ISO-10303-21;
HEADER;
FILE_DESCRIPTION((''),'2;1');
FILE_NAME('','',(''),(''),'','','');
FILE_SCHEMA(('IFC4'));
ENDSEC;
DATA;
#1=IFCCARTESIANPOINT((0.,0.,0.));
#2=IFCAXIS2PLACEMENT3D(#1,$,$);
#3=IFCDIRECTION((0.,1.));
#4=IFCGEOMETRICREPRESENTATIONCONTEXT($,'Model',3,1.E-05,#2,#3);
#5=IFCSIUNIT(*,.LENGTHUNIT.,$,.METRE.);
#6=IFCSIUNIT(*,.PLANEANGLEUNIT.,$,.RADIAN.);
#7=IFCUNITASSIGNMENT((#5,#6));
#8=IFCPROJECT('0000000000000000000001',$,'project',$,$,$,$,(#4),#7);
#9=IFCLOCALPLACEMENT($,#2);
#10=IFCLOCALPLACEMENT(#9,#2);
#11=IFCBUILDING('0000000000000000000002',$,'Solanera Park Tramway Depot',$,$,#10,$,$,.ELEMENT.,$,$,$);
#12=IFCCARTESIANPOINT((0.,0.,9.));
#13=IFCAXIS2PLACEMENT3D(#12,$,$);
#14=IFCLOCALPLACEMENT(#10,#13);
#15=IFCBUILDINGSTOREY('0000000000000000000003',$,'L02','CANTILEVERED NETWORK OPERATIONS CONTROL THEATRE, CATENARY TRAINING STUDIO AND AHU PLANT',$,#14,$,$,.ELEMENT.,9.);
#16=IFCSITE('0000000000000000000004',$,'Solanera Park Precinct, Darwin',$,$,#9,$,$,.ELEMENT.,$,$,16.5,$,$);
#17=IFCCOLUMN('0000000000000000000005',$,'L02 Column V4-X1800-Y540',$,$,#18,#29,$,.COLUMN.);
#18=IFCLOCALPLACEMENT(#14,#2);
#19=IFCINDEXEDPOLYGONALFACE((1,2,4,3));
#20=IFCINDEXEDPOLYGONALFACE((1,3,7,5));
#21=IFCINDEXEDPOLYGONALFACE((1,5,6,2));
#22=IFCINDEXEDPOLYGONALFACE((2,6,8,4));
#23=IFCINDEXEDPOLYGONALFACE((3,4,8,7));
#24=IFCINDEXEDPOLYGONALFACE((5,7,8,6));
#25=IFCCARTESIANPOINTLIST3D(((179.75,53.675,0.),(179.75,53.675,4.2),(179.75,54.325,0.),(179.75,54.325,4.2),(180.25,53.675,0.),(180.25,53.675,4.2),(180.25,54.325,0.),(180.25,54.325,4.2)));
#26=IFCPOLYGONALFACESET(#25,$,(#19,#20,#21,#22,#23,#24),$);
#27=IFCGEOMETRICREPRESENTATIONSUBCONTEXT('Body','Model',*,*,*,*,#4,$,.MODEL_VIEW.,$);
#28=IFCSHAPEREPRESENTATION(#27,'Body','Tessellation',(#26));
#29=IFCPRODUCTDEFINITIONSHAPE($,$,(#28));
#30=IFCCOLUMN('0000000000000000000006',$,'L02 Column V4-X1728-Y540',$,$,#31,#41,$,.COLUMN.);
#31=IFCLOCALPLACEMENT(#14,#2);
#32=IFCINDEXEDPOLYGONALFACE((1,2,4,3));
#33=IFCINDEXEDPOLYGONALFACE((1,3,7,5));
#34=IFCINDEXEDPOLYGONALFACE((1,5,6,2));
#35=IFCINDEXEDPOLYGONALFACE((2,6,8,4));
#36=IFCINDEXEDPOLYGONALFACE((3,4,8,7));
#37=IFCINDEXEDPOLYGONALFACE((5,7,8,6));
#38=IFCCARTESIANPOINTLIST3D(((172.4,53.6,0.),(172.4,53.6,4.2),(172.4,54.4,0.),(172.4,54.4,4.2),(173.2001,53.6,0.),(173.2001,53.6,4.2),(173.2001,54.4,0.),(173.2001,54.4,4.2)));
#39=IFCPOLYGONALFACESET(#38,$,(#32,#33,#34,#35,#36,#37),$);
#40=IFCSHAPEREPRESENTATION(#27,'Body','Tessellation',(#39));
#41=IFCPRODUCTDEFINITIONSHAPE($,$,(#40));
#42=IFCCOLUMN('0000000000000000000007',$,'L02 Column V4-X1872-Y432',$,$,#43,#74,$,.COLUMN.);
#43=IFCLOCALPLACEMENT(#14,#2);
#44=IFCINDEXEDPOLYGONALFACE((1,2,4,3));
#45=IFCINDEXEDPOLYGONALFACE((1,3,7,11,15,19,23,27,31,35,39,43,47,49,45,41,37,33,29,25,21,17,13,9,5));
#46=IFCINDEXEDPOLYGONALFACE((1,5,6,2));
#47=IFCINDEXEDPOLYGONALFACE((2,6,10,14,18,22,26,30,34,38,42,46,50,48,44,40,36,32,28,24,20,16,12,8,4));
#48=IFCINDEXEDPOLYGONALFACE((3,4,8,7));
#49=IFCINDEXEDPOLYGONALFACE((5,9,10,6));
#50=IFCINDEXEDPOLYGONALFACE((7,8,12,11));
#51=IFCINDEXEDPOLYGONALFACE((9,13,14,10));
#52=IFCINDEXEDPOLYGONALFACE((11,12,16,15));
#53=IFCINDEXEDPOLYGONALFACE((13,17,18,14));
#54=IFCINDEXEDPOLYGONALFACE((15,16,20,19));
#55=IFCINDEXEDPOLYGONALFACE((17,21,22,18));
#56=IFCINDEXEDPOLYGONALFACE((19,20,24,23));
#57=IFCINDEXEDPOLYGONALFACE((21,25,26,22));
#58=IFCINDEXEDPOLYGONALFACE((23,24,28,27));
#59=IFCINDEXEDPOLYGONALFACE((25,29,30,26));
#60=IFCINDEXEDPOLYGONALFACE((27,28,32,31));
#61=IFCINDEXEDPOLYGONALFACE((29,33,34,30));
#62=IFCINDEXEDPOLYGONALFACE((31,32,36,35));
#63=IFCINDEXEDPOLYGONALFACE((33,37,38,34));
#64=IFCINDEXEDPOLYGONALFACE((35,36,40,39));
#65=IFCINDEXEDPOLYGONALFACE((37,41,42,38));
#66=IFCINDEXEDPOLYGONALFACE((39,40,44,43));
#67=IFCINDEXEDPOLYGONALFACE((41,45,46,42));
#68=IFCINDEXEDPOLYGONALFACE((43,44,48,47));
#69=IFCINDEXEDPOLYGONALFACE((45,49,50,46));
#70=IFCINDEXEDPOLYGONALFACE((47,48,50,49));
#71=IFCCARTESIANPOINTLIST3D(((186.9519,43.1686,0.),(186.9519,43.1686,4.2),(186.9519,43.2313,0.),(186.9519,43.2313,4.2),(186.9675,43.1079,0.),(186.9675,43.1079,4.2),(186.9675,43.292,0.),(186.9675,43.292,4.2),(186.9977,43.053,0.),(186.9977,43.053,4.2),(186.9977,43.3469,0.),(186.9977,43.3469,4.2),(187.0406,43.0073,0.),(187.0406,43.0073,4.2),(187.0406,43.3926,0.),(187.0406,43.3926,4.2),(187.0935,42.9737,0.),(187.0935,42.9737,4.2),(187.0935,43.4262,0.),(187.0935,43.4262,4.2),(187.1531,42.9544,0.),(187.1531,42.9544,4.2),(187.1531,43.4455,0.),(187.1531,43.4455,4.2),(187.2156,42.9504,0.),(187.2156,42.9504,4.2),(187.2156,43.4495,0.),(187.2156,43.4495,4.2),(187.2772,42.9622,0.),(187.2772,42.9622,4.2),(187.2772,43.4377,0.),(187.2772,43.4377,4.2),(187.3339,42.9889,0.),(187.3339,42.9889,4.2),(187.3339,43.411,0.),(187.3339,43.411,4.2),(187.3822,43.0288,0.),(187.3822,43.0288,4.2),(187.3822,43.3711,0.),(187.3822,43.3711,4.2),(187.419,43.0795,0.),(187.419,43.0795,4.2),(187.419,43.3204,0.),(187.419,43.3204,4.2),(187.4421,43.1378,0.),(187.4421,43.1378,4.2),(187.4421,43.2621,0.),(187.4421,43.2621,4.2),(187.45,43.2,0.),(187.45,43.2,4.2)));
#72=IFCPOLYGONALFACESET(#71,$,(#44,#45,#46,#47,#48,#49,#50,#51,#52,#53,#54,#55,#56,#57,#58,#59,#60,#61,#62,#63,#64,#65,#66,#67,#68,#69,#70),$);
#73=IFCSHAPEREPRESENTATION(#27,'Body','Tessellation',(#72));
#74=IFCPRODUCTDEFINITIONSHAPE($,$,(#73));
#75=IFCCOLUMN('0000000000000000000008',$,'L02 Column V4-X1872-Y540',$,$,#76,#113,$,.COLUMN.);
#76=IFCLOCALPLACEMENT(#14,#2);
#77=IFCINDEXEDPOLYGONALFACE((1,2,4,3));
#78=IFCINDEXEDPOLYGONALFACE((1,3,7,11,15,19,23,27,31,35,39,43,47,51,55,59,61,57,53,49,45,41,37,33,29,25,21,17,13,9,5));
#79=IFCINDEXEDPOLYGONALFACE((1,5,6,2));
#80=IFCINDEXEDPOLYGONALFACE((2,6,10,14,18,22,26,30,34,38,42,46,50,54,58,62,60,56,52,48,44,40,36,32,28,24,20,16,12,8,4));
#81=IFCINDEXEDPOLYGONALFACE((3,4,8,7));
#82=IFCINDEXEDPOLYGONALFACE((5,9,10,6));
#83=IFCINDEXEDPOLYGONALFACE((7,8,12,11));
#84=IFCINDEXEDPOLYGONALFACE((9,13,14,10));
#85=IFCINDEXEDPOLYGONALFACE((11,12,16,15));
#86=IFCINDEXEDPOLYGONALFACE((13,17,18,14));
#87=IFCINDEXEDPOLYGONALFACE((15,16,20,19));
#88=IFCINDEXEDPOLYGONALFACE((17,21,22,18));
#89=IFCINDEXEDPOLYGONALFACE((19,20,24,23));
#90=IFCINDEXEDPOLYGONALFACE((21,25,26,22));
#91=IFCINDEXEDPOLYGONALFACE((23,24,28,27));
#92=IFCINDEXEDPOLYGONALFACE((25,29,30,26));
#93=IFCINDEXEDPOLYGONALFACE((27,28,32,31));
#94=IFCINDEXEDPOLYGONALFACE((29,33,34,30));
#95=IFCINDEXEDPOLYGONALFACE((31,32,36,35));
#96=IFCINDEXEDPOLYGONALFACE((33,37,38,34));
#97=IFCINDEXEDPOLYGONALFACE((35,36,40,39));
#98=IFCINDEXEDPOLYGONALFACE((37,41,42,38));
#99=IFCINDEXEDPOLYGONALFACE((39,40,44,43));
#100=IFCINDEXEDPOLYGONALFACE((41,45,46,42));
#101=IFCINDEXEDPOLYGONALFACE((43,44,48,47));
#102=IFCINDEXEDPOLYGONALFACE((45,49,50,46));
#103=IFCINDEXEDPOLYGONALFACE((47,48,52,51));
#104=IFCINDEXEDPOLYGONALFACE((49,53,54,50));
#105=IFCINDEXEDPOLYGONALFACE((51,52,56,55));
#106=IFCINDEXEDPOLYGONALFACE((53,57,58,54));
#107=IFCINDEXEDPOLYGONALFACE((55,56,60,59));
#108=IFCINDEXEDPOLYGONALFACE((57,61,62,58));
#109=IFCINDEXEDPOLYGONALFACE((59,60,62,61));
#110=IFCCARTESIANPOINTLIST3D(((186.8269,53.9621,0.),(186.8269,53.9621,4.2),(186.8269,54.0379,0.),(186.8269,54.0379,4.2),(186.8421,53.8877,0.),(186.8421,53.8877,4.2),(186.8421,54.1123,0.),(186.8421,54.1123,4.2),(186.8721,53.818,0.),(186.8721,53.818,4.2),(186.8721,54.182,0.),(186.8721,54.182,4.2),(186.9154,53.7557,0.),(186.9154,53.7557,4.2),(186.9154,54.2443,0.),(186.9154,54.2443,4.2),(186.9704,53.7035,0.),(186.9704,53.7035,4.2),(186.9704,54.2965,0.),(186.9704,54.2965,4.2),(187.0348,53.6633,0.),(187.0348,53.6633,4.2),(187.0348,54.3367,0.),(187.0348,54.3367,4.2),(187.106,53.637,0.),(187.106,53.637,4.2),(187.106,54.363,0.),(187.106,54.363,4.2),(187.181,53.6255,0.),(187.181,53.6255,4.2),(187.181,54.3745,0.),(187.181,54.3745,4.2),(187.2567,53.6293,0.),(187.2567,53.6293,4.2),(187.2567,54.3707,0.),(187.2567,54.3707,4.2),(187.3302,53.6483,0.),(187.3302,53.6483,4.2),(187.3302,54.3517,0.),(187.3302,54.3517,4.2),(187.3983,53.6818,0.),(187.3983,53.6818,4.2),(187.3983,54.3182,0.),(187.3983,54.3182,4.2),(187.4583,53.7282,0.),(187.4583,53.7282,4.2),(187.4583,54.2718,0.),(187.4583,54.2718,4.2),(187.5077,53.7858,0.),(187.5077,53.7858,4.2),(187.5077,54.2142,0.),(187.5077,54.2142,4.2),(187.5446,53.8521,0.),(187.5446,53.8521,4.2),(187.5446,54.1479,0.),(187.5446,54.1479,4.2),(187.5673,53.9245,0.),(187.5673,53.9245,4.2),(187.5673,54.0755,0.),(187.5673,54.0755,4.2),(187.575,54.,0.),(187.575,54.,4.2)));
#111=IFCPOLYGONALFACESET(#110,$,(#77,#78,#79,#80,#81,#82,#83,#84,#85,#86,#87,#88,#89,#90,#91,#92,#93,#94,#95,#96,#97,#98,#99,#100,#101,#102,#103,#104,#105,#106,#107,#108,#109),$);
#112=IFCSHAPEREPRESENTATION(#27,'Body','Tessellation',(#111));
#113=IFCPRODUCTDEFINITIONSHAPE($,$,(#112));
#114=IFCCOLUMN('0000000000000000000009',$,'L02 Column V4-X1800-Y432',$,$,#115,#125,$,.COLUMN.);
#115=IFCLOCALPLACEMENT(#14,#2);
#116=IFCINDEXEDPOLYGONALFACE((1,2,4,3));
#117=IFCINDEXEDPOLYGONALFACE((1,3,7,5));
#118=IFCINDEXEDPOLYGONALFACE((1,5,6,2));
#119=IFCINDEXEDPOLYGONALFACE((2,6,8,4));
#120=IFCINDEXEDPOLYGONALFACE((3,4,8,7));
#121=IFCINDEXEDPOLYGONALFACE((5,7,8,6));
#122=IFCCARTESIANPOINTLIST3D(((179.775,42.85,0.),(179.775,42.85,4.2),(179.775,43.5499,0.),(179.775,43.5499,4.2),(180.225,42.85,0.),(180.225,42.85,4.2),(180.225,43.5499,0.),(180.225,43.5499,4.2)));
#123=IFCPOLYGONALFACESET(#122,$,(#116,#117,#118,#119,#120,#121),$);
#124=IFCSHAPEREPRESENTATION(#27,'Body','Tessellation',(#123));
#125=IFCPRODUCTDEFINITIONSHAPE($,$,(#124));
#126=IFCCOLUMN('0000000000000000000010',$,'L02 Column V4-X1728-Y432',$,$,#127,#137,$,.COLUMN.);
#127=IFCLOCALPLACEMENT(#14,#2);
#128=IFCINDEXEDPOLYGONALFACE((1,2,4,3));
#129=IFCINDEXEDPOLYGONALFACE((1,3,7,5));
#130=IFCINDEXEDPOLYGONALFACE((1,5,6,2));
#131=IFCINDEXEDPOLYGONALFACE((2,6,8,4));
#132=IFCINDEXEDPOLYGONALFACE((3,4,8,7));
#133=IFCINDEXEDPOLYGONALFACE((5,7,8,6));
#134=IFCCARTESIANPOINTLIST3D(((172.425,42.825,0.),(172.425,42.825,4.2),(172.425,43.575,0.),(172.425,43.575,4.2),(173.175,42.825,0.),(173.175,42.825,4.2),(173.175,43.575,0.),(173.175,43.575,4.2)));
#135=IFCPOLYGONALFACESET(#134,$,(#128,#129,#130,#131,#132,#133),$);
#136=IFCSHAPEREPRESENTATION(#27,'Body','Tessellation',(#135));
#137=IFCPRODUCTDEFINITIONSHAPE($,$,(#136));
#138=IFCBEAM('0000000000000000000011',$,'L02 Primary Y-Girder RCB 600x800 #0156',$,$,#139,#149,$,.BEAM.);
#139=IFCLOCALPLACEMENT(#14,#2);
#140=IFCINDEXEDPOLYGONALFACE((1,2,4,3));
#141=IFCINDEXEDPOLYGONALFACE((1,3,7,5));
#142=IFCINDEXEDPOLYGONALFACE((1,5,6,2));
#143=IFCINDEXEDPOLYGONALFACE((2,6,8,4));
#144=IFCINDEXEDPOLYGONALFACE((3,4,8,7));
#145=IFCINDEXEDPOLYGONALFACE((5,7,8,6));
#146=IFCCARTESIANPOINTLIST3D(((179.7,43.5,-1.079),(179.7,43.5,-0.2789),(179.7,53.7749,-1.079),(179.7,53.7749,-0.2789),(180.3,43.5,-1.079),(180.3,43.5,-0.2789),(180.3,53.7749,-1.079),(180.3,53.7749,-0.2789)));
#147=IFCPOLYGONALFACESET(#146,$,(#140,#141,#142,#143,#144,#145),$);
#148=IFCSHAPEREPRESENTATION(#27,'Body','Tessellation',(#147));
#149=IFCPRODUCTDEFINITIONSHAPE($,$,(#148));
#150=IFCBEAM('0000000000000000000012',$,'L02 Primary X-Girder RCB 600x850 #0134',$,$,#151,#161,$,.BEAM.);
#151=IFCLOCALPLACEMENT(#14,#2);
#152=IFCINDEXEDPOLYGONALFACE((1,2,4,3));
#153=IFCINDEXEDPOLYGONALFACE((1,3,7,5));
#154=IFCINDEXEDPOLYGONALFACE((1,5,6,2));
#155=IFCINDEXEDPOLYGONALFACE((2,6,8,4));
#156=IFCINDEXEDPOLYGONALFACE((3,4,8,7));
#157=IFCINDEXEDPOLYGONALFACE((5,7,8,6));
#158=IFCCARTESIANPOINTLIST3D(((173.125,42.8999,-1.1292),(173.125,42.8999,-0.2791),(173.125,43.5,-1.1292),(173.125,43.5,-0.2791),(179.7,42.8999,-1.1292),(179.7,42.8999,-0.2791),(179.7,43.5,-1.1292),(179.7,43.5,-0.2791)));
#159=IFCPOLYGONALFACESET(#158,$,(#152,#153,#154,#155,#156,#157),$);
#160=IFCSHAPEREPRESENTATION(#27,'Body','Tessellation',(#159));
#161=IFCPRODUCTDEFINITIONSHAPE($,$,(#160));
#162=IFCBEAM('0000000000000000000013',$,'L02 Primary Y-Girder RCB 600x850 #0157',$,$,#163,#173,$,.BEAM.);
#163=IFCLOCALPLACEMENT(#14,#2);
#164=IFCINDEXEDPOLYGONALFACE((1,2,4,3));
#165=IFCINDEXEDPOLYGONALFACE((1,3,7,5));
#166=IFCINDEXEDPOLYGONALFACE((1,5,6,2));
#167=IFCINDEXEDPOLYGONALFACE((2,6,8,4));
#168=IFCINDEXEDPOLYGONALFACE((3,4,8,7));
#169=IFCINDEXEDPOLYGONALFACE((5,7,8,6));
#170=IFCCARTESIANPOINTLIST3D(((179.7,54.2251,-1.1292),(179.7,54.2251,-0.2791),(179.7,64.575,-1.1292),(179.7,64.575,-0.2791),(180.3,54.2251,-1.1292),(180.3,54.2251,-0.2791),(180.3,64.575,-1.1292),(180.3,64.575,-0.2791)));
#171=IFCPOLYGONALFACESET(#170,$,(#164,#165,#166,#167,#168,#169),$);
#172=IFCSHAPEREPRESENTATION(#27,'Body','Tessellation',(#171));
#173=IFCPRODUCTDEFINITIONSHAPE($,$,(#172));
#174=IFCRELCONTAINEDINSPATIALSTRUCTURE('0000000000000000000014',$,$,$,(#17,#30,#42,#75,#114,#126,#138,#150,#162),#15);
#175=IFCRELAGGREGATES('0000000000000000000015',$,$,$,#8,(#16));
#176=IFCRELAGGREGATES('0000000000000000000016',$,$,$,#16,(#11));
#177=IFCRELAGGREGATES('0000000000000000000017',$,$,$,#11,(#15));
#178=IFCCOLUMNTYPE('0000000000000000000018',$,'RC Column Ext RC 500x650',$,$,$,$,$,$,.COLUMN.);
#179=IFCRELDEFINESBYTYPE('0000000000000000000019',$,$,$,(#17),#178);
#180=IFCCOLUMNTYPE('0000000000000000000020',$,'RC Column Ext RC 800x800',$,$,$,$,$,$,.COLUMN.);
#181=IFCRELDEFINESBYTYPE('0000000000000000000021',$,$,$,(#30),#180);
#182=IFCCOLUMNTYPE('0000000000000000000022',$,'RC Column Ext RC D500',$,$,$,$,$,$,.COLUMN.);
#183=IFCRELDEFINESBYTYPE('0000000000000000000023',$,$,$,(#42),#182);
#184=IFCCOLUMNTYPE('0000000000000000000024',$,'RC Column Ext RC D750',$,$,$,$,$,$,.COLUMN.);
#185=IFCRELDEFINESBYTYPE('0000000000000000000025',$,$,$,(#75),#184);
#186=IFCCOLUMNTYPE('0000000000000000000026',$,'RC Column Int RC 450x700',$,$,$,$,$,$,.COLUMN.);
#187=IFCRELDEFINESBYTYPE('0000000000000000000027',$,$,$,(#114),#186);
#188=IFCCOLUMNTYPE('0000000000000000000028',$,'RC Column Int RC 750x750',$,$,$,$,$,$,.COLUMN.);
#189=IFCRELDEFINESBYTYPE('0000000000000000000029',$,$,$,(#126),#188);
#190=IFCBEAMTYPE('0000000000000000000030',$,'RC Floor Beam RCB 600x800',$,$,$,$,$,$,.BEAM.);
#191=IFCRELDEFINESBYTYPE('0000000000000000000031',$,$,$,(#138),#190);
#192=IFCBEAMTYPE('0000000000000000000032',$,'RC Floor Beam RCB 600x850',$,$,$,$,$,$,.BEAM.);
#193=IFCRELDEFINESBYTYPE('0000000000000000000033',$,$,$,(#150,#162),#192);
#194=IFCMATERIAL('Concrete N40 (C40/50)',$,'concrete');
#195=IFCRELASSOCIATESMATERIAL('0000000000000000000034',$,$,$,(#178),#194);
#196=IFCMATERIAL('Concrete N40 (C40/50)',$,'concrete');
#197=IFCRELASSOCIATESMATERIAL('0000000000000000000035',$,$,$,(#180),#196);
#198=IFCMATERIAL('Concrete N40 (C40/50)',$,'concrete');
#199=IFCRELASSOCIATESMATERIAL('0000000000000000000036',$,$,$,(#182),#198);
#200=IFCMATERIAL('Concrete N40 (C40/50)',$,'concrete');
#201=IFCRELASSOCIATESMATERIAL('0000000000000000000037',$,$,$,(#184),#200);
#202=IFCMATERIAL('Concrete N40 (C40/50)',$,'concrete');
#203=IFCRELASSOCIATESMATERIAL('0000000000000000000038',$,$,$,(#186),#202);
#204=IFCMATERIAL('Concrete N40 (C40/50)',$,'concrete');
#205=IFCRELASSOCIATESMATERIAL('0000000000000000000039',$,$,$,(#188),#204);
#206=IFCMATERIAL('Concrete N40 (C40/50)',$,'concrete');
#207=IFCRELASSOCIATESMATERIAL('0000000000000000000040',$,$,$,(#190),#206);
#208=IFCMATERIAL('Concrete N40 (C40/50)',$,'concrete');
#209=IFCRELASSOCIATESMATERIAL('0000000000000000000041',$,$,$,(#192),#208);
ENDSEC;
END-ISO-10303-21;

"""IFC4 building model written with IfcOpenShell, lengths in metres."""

from ifc_helpers import new_model, si_unit, direction, frame, origin, origin_2d, place, context, subcontext, project, spatial, rectangle, circle, extrude, material, material_profile, profile_set, type_object, element, save


model = new_model("IFC4")

# Units and contexts
model_context = context("Model", 3, precision=1e-05, world=origin(), true_north=direction((0.0, 1.0)))
body_context = subcontext(model_context, "Body", "Model", "MODEL_VIEW")
ifc_project = project(units=[si_unit("LENGTHUNIT", "METRE"), si_unit("PLANEANGLEUNIT", "RADIAN")], contexts=[model_context])

# Site, building, storey
site_placement = place(None, origin())
site = spatial("IfcSite", under=ifc_project, at=site_placement, Name="Solanera Park Precinct, Darwin", CompositionType="ELEMENT", RefElevation=16.5)
building_placement = place(site_placement, origin())
building = spatial("IfcBuilding", under=site, at=building_placement, Name="Solanera Park Tramway Depot", CompositionType="ELEMENT")
storey_placement = place(building_placement, frame((0.0, 0.0, 9.0)))
storey = spatial("IfcBuildingStorey", under=building, at=storey_placement, Name="L02", Description="CANTILEVERED NETWORK OPERATIONS CONTROL THEATRE, CATENARY TRAINING STUDIO AND AHU PLANT", CompositionType="ELEMENT", Elevation=9.0)

# Columns
ifc_material_1 = material(Name="Concrete N40 (C40/50)", Category="concrete")
ifc_material_profile_1 = material_profile(ifc_material_1, rectangle(XDim=0.5, YDim=0.6499, at=origin_2d()), Name="RC 500x650")
ifc_profile_set_1 = profile_set([ifc_material_profile_1], Name="Concrete N40 (C40/50)")
column_type_1 = type_object("IfcColumnType", Name="RC Column Ext RC 500x650", PredefinedType="COLUMN", material=ifc_profile_set_1)
column_1_placement = place(storey_placement, frame((180.0, 54.0, 0.0), z_axis=(0.0, 0.0, 1.0), x_axis=(1.0, 0.0, 0.0)))
element("IfcColumn", 1, at=column_1_placement, inside=storey, type_object=column_type_1, Name="L02 Column V4-X1800-Y540", PredefinedType="COLUMN", context=body_context, shape_type="SweptSolid", body=[
    extrude(rectangle(XDim=0.5, YDim=0.6499, at=origin_2d()), origin(), (0.0, 0.0, 1.0), 4.2),
])
ifc_material_2 = material(Name="Concrete N40 (C40/50)", Category="concrete")
ifc_material_profile_2 = material_profile(ifc_material_2, rectangle(XDim=0.8, YDim=0.8, at=origin_2d()), Name="RC 800x800")
ifc_profile_set_2 = profile_set([ifc_material_profile_2], Name="Concrete N40 (C40/50)")
column_type_2 = type_object("IfcColumnType", Name="RC Column Ext RC 800x800", PredefinedType="COLUMN", material=ifc_profile_set_2)
column_2_placement = place(storey_placement, frame((172.8, 54.0, 0.0), z_axis=(0.0, 0.0, 1.0), x_axis=(1.0, 0.0, 0.0)))
element("IfcColumn", 2, at=column_2_placement, inside=storey, type_object=column_type_2, Name="L02 Column V4-X1728-Y540", PredefinedType="COLUMN", context=body_context, shape_type="SweptSolid", body=[
    extrude(rectangle(XDim=0.8, YDim=0.8, at=origin_2d()), origin(), (0.0, 0.0, 1.0), 4.2),
])
ifc_material_3 = material(Name="Concrete N40 (C40/50)", Category="concrete")
ifc_material_profile_3 = material_profile(ifc_material_3, circle(Radius=0.25, at=origin_2d()), Name="RC D500")
ifc_profile_set_3 = profile_set([ifc_material_profile_3], Name="Concrete N40 (C40/50)")
column_type_3 = type_object("IfcColumnType", Name="RC Column Ext RC D500", PredefinedType="COLUMN", material=ifc_profile_set_3)
column_3_placement = place(storey_placement, frame((187.2, 43.2, 0.0), z_axis=(0.0, 0.0, 1.0), x_axis=(1.0, 0.0, 0.0)))
element("IfcColumn", 3, at=column_3_placement, inside=storey, type_object=column_type_3, Name="L02 Column V4-X1872-Y432", PredefinedType="COLUMN", context=body_context, shape_type="SweptSolid", body=[
    extrude(circle(Radius=0.25, at=origin_2d()), origin(), (0.0, 0.0, 1.0), 4.2),
])
ifc_material_4 = material(Name="Concrete N40 (C40/50)", Category="concrete")
ifc_material_profile_4 = material_profile(ifc_material_4, circle(Radius=0.375, at=origin_2d()), Name="RC D750")
ifc_profile_set_4 = profile_set([ifc_material_profile_4], Name="Concrete N40 (C40/50)")
column_type_4 = type_object("IfcColumnType", Name="RC Column Ext RC D750", PredefinedType="COLUMN", material=ifc_profile_set_4)
column_4_placement = place(storey_placement, frame((187.2, 54.0, 0.0), z_axis=(0.0, 0.0, 1.0), x_axis=(1.0, 0.0, 0.0)))
element("IfcColumn", 4, at=column_4_placement, inside=storey, type_object=column_type_4, Name="L02 Column V4-X1872-Y540", PredefinedType="COLUMN", context=body_context, shape_type="SweptSolid", body=[
    extrude(circle(Radius=0.375, at=origin_2d()), origin(), (0.0, 0.0, 1.0), 4.2),
])
ifc_material_5 = material(Name="Concrete N40 (C40/50)", Category="concrete")
ifc_material_profile_5 = material_profile(ifc_material_5, rectangle(XDim=0.45, YDim=0.7, at=origin_2d()), Name="RC 450x700")
ifc_profile_set_5 = profile_set([ifc_material_profile_5], Name="Concrete N40 (C40/50)")
column_type_5 = type_object("IfcColumnType", Name="RC Column Int RC 450x700", PredefinedType="COLUMN", material=ifc_profile_set_5)
column_5_placement = place(storey_placement, frame((180.0, 43.2, 0.0), z_axis=(0.0, 0.0, 1.0), x_axis=(1.0, 0.0, 0.0)))
element("IfcColumn", 5, at=column_5_placement, inside=storey, type_object=column_type_5, Name="L02 Column V4-X1800-Y432", PredefinedType="COLUMN", context=body_context, shape_type="SweptSolid", body=[
    extrude(rectangle(XDim=0.45, YDim=0.7, at=origin_2d()), origin(), (0.0, 0.0, 1.0), 4.2),
])
ifc_material_6 = material(Name="Concrete N40 (C40/50)", Category="concrete")
ifc_material_profile_6 = material_profile(ifc_material_6, rectangle(XDim=0.75, YDim=0.75, at=origin_2d()), Name="RC 750x750")
ifc_profile_set_6 = profile_set([ifc_material_profile_6], Name="Concrete N40 (C40/50)")
column_type_6 = type_object("IfcColumnType", Name="RC Column Int RC 750x750", PredefinedType="COLUMN", material=ifc_profile_set_6)
column_6_placement = place(storey_placement, frame((172.8, 43.2, 0.0), z_axis=(0.0, 0.0, 1.0), x_axis=(1.0, 0.0, 0.0)))
element("IfcColumn", 6, at=column_6_placement, inside=storey, type_object=column_type_6, Name="L02 Column V4-X1728-Y432", PredefinedType="COLUMN", context=body_context, shape_type="SweptSolid", body=[
    extrude(rectangle(XDim=0.75, YDim=0.75, at=origin_2d()), origin(), (0.0, 0.0, 1.0), 4.2),
])

# Beams
ifc_material_7 = material(Name="Concrete N40 (C40/50)", Category="concrete")
ifc_material_profile_7 = material_profile(ifc_material_7, rectangle(XDim=0.6001, YDim=0.8, at=origin_2d()), Name="RCB 600x800")
ifc_profile_set_7 = profile_set([ifc_material_profile_7], Name="Concrete N40 (C40/50)")
beam_type_1 = type_object("IfcBeamType", Name="RC Floor Beam RCB 600x800", PredefinedType="BEAM", material=ifc_profile_set_7)
beam_1_placement = place(storey_placement, frame((180.0, 43.5, -0.679), z_axis=(0.0, 1.0, 0.0), x_axis=(-1.0, 0.0, 0.0)))
element("IfcBeam", 7, at=beam_1_placement, inside=storey, type_object=beam_type_1, Name="L02 Primary Y-Girder RCB 600x800 #0156", PredefinedType="BEAM", context=body_context, shape_type="SweptSolid", body=[
    extrude(rectangle(XDim=0.6001, YDim=0.8, at=origin_2d()), origin(), (0.0, 0.0, 1.0), 10.2749),
])
ifc_material_8 = material(Name="Concrete N40 (C40/50)", Category="concrete")
ifc_material_profile_8 = material_profile(ifc_material_8, rectangle(XDim=0.6001, YDim=0.8501, at=origin_2d()), Name="RCB 600x850")
ifc_profile_set_8 = profile_set([ifc_material_profile_8], Name="Concrete N40 (C40/50)")
beam_type_2 = type_object("IfcBeamType", Name="RC Floor Beam RCB 600x850", PredefinedType="BEAM", material=ifc_profile_set_8)
beam_2_placement = place(storey_placement, frame((173.125, 43.2, -0.7041), z_axis=(1.0, 0.0, 0.0), x_axis=(0.0, 1.0, 0.0)))
element("IfcBeam", 8, at=beam_2_placement, inside=storey, type_object=beam_type_2, Name="L02 Primary X-Girder RCB 600x850 #0134", PredefinedType="BEAM", context=body_context, shape_type="SweptSolid", body=[
    extrude(rectangle(XDim=0.6001, YDim=0.8501, at=origin_2d()), origin(), (0.0, 0.0, 1.0), 6.575),
])
beam_3_placement = place(storey_placement, frame((180.0, 54.2251, -0.7041), z_axis=(0.0, 1.0, 0.0), x_axis=(-1.0, 0.0, 0.0)))
element("IfcBeam", 9, at=beam_3_placement, inside=storey, type_object=beam_type_2, Name="L02 Primary Y-Girder RCB 600x850 #0157", PredefinedType="BEAM", context=body_context, shape_type="SweptSolid", body=[
    extrude(rectangle(XDim=0.6001, YDim=0.8501, at=origin_2d()), origin(), (0.0, 0.0, 1.0), 10.3499),
])

save(model, "model.ifc")
